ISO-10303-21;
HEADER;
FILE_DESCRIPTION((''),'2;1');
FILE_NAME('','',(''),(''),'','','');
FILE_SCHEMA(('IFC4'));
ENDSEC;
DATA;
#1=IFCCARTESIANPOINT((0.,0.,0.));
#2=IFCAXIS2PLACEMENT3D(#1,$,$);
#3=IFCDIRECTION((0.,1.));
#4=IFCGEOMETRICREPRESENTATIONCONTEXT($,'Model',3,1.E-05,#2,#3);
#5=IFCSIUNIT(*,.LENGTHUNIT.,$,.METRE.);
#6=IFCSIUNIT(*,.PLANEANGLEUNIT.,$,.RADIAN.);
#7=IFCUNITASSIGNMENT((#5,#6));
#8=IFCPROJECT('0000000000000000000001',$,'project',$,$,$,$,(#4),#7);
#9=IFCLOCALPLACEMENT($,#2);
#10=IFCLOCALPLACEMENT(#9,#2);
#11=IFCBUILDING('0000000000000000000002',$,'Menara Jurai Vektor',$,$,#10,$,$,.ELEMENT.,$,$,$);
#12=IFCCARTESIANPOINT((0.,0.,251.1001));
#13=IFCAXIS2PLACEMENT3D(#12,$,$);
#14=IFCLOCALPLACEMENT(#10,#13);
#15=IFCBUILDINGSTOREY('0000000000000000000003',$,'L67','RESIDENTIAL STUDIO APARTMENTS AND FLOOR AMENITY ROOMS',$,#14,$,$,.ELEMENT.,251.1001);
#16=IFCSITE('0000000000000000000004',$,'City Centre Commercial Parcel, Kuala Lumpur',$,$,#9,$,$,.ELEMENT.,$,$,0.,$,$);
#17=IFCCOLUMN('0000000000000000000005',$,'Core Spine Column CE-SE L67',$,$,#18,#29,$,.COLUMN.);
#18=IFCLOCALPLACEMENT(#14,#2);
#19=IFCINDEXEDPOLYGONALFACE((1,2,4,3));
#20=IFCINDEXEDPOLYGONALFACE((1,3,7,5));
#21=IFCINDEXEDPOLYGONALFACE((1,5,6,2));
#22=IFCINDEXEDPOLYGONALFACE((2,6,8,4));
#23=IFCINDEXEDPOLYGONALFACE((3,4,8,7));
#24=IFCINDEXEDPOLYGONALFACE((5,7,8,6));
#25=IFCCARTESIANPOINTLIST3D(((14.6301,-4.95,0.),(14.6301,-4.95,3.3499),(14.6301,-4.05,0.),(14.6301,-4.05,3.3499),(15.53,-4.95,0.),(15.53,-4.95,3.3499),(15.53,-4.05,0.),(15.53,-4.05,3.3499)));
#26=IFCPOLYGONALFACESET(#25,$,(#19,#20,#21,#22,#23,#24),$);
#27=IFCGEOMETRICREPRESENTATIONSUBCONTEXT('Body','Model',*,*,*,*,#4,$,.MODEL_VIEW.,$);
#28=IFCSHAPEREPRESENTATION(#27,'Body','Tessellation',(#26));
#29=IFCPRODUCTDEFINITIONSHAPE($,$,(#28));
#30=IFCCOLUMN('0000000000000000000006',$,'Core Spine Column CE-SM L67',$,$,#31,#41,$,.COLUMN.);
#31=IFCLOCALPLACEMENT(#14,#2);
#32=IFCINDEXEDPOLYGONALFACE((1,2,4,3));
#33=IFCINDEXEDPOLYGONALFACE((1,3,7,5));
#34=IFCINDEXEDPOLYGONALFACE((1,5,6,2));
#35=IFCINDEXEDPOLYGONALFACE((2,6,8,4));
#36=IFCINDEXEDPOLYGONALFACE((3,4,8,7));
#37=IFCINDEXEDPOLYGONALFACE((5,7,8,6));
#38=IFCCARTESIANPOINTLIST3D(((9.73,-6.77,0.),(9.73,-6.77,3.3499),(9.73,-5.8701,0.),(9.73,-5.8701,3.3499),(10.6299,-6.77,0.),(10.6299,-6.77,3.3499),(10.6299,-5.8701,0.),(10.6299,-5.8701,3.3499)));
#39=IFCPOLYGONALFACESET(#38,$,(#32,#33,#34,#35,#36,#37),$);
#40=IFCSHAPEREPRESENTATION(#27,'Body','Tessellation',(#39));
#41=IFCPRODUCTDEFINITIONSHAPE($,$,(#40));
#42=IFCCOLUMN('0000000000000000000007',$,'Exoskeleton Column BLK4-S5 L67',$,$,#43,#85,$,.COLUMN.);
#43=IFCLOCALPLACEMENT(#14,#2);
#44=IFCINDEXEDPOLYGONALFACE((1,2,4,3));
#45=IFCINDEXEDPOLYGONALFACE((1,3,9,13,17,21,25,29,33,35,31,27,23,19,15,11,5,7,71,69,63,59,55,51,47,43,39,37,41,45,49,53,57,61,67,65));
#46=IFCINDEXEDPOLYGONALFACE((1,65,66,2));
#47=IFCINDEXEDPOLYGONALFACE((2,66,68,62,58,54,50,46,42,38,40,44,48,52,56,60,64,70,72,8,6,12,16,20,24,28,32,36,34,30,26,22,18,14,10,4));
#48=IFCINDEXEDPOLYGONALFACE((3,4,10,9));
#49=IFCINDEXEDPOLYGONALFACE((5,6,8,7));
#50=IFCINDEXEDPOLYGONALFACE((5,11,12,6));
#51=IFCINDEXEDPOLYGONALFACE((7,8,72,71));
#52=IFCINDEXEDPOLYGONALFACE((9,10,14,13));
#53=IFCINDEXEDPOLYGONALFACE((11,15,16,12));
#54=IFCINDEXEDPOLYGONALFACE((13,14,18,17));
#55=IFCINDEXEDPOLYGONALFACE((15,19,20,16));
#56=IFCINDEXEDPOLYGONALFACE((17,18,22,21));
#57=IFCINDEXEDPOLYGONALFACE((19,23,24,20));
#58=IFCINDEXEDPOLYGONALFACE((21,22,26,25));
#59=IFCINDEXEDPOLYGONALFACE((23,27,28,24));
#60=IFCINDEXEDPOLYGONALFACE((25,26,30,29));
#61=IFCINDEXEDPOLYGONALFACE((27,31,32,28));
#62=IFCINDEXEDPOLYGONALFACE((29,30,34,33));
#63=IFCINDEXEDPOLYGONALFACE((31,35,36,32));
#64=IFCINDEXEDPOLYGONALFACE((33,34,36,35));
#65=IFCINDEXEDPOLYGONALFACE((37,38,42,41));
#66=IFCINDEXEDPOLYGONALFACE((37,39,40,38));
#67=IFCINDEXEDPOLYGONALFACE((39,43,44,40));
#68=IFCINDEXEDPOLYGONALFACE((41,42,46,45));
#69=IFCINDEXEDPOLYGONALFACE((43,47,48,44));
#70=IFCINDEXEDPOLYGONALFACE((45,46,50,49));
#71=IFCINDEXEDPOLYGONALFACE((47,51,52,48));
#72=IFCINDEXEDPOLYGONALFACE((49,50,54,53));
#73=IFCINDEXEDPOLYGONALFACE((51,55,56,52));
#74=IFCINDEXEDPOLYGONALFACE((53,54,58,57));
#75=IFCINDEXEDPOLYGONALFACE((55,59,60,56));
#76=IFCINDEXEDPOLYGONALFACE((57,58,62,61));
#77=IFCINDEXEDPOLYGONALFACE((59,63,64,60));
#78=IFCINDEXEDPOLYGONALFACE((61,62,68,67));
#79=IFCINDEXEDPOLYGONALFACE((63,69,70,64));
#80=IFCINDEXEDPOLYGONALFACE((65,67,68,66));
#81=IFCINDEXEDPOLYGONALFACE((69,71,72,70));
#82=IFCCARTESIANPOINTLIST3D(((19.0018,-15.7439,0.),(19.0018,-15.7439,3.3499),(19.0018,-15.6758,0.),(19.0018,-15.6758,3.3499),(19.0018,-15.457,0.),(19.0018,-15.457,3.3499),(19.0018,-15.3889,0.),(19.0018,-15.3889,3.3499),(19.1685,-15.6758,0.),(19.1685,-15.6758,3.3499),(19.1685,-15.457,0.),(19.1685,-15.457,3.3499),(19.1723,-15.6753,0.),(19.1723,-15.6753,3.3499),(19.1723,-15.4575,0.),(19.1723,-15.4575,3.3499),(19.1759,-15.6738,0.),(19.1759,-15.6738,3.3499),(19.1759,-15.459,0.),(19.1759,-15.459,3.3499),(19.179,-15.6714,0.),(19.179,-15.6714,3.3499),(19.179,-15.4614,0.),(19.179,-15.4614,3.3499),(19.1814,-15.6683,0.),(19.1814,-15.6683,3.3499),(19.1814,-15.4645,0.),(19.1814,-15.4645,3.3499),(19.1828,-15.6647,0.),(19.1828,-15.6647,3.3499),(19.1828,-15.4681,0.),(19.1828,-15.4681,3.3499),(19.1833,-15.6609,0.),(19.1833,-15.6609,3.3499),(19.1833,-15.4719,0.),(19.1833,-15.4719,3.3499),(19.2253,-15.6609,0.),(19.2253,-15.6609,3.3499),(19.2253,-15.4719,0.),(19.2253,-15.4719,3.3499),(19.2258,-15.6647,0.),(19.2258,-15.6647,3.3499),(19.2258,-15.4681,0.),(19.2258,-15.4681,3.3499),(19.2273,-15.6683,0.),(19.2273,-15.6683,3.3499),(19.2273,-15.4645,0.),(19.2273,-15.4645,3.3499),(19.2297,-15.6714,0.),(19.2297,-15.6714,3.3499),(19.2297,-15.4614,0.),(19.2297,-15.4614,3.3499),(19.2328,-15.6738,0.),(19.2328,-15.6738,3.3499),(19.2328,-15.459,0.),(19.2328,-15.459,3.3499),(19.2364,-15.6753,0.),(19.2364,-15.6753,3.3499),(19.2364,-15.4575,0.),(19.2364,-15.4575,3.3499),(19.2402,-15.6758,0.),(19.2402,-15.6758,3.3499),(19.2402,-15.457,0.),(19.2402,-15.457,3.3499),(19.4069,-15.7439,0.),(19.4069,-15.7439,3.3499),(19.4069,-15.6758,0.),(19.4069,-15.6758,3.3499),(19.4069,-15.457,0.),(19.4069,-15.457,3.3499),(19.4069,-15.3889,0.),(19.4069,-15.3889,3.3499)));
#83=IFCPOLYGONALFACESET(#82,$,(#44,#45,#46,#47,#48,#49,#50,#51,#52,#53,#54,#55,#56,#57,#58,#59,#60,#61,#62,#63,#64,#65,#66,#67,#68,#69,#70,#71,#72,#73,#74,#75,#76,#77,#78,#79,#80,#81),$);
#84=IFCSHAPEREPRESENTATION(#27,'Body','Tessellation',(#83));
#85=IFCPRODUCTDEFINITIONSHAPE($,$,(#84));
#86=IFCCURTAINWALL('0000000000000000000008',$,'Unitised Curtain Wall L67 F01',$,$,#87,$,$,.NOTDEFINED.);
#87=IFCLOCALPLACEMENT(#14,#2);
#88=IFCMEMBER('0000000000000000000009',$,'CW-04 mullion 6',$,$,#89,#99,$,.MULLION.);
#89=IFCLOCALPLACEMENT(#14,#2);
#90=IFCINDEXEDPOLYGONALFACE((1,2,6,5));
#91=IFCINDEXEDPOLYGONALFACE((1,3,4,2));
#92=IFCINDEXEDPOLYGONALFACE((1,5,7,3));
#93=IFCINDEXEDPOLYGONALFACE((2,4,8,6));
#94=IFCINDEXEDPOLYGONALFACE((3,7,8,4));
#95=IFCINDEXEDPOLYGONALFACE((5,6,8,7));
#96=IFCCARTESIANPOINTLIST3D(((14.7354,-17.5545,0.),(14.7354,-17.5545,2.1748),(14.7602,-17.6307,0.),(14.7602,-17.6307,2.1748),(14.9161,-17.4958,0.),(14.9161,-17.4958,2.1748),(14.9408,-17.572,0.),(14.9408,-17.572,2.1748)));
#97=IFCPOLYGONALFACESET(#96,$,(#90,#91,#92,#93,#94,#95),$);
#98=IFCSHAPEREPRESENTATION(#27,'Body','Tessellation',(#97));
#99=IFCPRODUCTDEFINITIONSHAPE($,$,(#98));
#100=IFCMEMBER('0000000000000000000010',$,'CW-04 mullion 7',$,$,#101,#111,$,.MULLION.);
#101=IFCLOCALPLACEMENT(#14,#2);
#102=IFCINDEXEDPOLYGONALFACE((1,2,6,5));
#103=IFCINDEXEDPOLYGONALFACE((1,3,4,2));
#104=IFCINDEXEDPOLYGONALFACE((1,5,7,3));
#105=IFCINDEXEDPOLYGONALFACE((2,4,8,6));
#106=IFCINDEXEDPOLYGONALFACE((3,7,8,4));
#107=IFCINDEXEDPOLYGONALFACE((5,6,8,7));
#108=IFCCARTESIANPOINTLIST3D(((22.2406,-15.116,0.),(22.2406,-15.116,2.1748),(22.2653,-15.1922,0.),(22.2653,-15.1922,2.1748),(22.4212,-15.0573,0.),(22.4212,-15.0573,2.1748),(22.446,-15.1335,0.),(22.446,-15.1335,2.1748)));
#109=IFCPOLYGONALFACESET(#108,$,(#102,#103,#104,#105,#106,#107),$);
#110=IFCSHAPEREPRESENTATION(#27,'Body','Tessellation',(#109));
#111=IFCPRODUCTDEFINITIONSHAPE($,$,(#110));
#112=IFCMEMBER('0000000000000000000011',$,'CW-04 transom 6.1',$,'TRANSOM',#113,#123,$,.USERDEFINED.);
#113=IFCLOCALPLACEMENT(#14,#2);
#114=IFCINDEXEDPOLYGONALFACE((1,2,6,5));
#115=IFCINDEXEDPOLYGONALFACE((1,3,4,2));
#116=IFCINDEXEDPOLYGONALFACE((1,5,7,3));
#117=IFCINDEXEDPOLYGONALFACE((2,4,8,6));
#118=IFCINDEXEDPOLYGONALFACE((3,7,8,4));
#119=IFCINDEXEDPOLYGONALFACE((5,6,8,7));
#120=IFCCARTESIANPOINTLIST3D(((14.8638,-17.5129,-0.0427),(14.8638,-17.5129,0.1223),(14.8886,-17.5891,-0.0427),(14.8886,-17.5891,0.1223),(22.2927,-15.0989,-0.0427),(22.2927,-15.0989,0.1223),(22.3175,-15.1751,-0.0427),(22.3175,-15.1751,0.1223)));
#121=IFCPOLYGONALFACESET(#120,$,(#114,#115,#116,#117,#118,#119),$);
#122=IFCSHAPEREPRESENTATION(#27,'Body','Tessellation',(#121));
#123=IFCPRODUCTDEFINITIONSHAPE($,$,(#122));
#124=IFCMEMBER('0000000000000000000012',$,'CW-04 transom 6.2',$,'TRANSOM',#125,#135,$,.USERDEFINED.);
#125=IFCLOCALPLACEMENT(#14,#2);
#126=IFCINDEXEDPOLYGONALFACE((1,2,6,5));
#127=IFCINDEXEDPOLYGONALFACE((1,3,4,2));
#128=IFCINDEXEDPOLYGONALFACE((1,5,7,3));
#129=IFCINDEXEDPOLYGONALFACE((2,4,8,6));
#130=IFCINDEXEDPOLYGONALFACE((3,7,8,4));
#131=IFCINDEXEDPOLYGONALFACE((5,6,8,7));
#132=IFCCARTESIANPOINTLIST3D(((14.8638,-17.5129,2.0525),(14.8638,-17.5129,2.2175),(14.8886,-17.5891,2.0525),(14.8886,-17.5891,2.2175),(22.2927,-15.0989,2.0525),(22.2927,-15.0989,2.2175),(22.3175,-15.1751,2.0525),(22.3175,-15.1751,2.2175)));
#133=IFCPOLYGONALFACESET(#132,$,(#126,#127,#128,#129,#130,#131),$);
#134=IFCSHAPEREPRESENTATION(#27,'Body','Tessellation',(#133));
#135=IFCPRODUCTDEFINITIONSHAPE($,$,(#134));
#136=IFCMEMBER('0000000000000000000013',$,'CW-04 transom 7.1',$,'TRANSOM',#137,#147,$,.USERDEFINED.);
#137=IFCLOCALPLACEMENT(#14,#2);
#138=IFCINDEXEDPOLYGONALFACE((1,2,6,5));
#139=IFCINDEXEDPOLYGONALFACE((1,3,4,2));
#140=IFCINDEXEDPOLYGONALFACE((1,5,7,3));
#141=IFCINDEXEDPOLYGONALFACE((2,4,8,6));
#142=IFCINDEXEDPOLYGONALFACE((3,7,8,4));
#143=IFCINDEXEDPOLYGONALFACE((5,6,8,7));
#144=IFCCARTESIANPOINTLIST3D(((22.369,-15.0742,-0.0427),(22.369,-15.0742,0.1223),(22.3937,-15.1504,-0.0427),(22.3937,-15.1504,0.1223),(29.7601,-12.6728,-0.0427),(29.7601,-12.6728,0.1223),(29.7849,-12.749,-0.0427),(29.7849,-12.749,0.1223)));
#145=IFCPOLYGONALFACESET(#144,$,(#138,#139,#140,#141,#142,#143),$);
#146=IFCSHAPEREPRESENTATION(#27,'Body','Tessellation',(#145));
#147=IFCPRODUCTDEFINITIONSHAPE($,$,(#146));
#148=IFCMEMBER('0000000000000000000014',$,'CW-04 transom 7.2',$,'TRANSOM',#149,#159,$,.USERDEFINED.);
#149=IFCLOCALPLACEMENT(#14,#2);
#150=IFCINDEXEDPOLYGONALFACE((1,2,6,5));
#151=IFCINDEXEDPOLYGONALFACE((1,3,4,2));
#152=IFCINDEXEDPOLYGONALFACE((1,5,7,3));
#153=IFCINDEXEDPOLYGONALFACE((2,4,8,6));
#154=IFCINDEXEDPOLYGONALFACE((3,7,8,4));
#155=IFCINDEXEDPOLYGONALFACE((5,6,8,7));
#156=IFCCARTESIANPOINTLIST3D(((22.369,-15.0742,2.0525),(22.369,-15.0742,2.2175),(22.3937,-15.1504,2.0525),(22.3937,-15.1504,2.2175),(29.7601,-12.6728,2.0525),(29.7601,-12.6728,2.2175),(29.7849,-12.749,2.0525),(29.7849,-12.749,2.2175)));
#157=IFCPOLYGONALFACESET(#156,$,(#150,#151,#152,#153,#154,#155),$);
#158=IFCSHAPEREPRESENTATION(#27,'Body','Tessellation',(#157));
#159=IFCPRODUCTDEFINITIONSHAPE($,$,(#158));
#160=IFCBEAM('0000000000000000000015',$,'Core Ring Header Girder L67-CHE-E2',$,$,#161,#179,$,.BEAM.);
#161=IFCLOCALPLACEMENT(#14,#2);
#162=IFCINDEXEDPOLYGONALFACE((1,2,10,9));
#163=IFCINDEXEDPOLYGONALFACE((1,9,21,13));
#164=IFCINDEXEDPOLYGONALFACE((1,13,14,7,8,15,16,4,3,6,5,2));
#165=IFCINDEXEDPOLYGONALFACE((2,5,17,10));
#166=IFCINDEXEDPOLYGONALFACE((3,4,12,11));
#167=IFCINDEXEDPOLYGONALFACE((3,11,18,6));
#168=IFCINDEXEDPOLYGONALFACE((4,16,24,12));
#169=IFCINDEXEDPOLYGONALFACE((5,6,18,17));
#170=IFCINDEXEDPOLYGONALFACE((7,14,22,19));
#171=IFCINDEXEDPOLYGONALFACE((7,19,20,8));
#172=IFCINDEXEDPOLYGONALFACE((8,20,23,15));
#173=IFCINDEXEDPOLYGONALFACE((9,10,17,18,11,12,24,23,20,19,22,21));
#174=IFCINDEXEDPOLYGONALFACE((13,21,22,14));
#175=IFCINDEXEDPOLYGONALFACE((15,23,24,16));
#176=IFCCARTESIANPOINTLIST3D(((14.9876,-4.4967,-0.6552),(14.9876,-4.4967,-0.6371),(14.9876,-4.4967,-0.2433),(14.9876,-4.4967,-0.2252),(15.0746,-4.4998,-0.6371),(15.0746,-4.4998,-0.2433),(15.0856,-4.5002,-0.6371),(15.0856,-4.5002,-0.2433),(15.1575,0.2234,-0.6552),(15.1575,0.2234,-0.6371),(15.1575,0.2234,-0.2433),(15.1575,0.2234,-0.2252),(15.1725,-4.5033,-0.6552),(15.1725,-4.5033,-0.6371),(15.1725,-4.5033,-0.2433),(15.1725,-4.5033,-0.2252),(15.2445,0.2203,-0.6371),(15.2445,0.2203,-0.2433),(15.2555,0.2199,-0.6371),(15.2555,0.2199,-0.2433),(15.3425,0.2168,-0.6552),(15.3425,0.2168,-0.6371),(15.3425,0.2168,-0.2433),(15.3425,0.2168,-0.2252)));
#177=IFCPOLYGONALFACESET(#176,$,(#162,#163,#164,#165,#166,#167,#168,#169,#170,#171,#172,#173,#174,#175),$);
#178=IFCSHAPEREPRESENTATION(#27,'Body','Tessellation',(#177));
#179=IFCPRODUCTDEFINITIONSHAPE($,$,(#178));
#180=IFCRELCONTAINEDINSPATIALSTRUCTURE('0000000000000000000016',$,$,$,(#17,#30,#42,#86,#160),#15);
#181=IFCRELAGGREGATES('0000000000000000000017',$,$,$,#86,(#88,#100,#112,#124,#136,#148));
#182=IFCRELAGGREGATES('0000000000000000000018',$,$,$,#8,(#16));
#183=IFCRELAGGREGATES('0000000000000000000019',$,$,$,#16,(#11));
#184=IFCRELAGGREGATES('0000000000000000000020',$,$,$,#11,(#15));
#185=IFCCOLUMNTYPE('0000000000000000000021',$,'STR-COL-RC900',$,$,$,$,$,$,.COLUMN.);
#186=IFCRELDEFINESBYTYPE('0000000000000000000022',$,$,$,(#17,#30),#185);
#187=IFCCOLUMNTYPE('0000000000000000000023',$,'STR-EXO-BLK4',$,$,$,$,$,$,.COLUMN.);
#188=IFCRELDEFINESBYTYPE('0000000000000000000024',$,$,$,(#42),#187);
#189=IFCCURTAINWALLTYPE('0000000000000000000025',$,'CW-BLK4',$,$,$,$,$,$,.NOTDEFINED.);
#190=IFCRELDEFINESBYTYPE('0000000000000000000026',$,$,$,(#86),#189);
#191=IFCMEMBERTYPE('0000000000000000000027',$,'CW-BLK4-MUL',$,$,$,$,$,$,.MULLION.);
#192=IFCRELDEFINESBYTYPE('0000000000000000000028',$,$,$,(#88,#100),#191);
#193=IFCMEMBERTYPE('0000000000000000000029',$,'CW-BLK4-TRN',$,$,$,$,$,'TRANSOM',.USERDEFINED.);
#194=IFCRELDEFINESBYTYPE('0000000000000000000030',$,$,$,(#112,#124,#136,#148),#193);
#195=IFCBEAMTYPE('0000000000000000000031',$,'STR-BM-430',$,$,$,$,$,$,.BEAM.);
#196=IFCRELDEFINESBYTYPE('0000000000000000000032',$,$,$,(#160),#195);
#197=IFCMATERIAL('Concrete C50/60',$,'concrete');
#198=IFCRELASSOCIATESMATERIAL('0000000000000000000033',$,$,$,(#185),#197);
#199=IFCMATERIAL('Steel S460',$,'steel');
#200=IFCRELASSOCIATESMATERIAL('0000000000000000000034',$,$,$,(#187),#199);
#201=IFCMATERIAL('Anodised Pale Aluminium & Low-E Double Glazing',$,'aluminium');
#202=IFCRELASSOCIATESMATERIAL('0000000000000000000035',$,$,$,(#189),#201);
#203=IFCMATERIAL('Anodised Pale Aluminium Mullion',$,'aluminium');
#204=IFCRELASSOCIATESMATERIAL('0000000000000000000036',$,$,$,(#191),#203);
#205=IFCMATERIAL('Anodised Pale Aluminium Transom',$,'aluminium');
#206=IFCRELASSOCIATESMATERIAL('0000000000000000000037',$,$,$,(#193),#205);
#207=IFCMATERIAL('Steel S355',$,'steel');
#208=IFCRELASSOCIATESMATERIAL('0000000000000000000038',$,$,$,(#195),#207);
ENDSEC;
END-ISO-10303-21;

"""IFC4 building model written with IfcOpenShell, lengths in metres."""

from ifc_helpers import new_model, si_unit, direction, frame, origin, origin_2d, place, context, subcontext, project, spatial, rectangle, i_section, extrude, material, material_profile, profile_set, type_object, element, aggregate, save


model = new_model("IFC4")

# Units and contexts
model_context = context("Model", 3, precision=1e-05, world=origin(), true_north=direction((0.0, 1.0)))
body_context = subcontext(model_context, "Body", "Model", "MODEL_VIEW")
ifc_project = project(units=[si_unit("LENGTHUNIT", "METRE"), si_unit("PLANEANGLEUNIT", "RADIAN")], contexts=[model_context])

# Site, building, storey
site_placement = place(None, origin())
site = spatial("IfcSite", under=ifc_project, at=site_placement, Name="City Centre Commercial Parcel, Kuala Lumpur", CompositionType="ELEMENT", RefElevation=0.0)
building_placement = place(site_placement, origin())
building = spatial("IfcBuilding", under=site, at=building_placement, Name="Menara Jurai Vektor", CompositionType="ELEMENT")
storey_placement = place(building_placement, frame((0.0, 0.0, 251.1001)))
storey = spatial("IfcBuildingStorey", under=building, at=storey_placement, Name="L67", Description="RESIDENTIAL STUDIO APARTMENTS AND FLOOR AMENITY ROOMS", CompositionType="ELEMENT", Elevation=251.1001)

# Columns
ifc_material_1 = material(Name="Concrete C50/60", Category="concrete")
ifc_material_profile_1 = material_profile(ifc_material_1, rectangle(XDim=0.8999, YDim=0.8999, at=origin_2d()), Name="RC 900x900")
ifc_profile_set_1 = profile_set([ifc_material_profile_1], Name="Concrete C50/60")
column_type_1 = type_object("IfcColumnType", Name="STR-COL-RC900", PredefinedType="COLUMN", material=ifc_profile_set_1)
for number, where, z_axis, x_axis, name in (
    (1, (15.0801, -4.5, 0.0), (0.0, 0.0, 1.0), (1.0, 0.0, 0.0), "Core Spine Column CE-SE L67"),
    (2, (10.1799, -6.3201, 0.0), (0.0, 0.0, 1.0), (1.0, 0.0, 0.0), "Core Spine Column CE-SM L67"),
):
    element("IfcColumn", number, at=place(storey_placement, frame(where, z_axis=z_axis, x_axis=x_axis)), inside=storey, type_object=column_type_1, Name=name, PredefinedType="COLUMN", context=body_context, shape_type="SweptSolid", body=[
        extrude(rectangle(XDim=0.8999, YDim=0.8999, at=origin_2d()), origin(), (0.0, 0.0, 1.0), 3.3499),
    ])
ifc_material_2 = material(Name="Steel S460", Category="steel")
ifc_material_profile_2 = material_profile(ifc_material_2, i_section(OverallWidth=0.405, OverallDepth=0.355, WebThickness=0.042, FlangeThickness=0.0681, FilletRadius=0.0149, at=origin_2d()), Name="HD 400x551")
ifc_profile_set_2 = profile_set([ifc_material_profile_2], Name="Steel S460")
column_type_2 = type_object("IfcColumnType", Name="STR-EXO-BLK4", PredefinedType="COLUMN", material=ifc_profile_set_2)
column_placement = place(storey_placement, frame((19.2043, -15.5664, 0.0), z_axis=(0.0, 0.0, 1.0), x_axis=(1.0, 0.0, 0.0)))
element("IfcColumn", 3, at=column_placement, inside=storey, type_object=column_type_2, Name="Exoskeleton Column BLK4-S5 L67", PredefinedType="COLUMN", context=body_context, shape_type="SweptSolid", body=[
    extrude(i_section(OverallWidth=0.405, OverallDepth=0.355, WebThickness=0.042, FlangeThickness=0.0681, FilletRadius=0.0149, at=origin_2d()), origin(), (0.0, 0.0, 1.0), 3.3499),
])

# Curtain wall, members
ifc_material_3 = material(Name="Anodised Pale Aluminium & Low-E Double Glazing", Category="aluminium")
curtain_wall_type = type_object("IfcCurtainWallType", Name="CW-BLK4", PredefinedType="NOTDEFINED", material=ifc_material_3)
curtain_wall_placement = place(storey_placement, origin())
curtain_wall = element("IfcCurtainWall", 4, at=curtain_wall_placement, inside=storey, type_object=curtain_wall_type, Name="Unitised Curtain Wall L67 F01", PredefinedType="NOTDEFINED")
ifc_material_4 = material(Name="Anodised Pale Aluminium Mullion", Category="aluminium")
ifc_material_profile_3 = material_profile(ifc_material_4, rectangle(XDim=0.0801, YDim=0.1899, at=origin_2d()), Name="ALU MUL 80x190")
ifc_profile_set_3 = profile_set([ifc_material_profile_3], Name="Anodised Pale Aluminium Mullion")
member_type_1 = type_object("IfcMemberType", Name="CW-BLK4-MUL", PredefinedType="MULLION", material=ifc_profile_set_3)
member_1_placement = place(storey_placement, frame((14.8381, -17.5632, 0.0), z_axis=(0.0, 0.0, 1.0), x_axis=(-0.309017, 0.951056, 0.0)))
member_1 = element("IfcMember", 5, at=member_1_placement, type_object=member_type_1, Name="CW-04 mullion 6", PredefinedType="MULLION", context=body_context, shape_type="SweptSolid", body=[
    extrude(rectangle(XDim=0.0801, YDim=0.1899, at=origin_2d()), origin(), (0.0, 0.0, 1.0), 2.1748),
])
member_2_placement = place(storey_placement, frame((22.3433, -15.1248, 0.0), z_axis=(0.0, 0.0, 1.0), x_axis=(-0.309017, 0.951056, 0.0)))
member_2 = element("IfcMember", 6, at=member_2_placement, type_object=member_type_1, Name="CW-04 mullion 7", PredefinedType="MULLION", context=body_context, shape_type="SweptSolid", body=[
    extrude(rectangle(XDim=0.0801, YDim=0.1899, at=origin_2d()), origin(), (0.0, 0.0, 1.0), 2.1748),
])
ifc_material_5 = material(Name="Anodised Pale Aluminium Transom", Category="aluminium")
ifc_material_profile_4 = material_profile(ifc_material_5, rectangle(XDim=0.0801, YDim=0.165, at=origin_2d()), Name="ALU TRN 80x165")
ifc_profile_set_4 = profile_set([ifc_material_profile_4], Name="Anodised Pale Aluminium Transom")
member_type_2 = type_object("IfcMemberType", Name="CW-BLK4-TRN", ElementType="TRANSOM", PredefinedType="USERDEFINED", material=ifc_profile_set_4)
member_3_placement = place(storey_placement, frame((14.8762, -17.551, 0.0398), z_axis=(0.951047, 0.309046, 0.0), x_axis=(-0.309046, 0.951047, 0.0)))
member_3 = element("IfcMember", 7, at=member_3_placement, type_object=member_type_2, Name="CW-04 transom 6.1", ObjectType="TRANSOM", PredefinedType="USERDEFINED", context=body_context, shape_type="SweptSolid", body=[
    extrude(rectangle(XDim=0.0801, YDim=0.165, at=origin_2d()), origin(), (0.0, 0.0, 1.0), 7.8113),
])
member_4_placement = place(storey_placement, frame((14.8762, -17.551, 2.135), z_axis=(0.951047, 0.309046, 0.0), x_axis=(-0.309046, 0.951047, 0.0)))
member_4 = element("IfcMember", 8, at=member_4_placement, type_object=member_type_2, Name="CW-04 transom 6.2", ObjectType="TRANSOM", PredefinedType="USERDEFINED", context=body_context, shape_type="SweptSolid", body=[
    extrude(rectangle(XDim=0.0801, YDim=0.165, at=origin_2d()), origin(), (0.0, 0.0, 1.0), 7.8113),
])
member_5_placement = place(storey_placement, frame((22.3813, -15.1123, 0.0398), z_axis=(0.951062, 0.308999, 0.0), x_axis=(-0.308999, 0.951062, 0.0)))
member_5 = element("IfcMember", 9, at=member_5_placement, type_object=member_type_2, Name="CW-04 transom 7.1", ObjectType="TRANSOM", PredefinedType="USERDEFINED", context=body_context, shape_type="SweptSolid", body=[
    extrude(rectangle(XDim=0.0801, YDim=0.165, at=origin_2d()), origin(), (0.0, 0.0, 1.0), 7.7715),
])
member_6_placement = place(storey_placement, frame((22.3813, -15.1123, 2.135), z_axis=(0.951062, 0.308999, 0.0), x_axis=(-0.308999, 0.951062, 0.0)))
member_6 = element("IfcMember", 10, at=member_6_placement, type_object=member_type_2, Name="CW-04 transom 7.2", ObjectType="TRANSOM", PredefinedType="USERDEFINED", context=body_context, shape_type="SweptSolid", body=[
    extrude(rectangle(XDim=0.0801, YDim=0.165, at=origin_2d()), origin(), (0.0, 0.0, 1.0), 7.7715),
])

# Beam
ifc_material_6 = material(Name="Steel S355", Category="steel")
ifc_material_profile_5 = material_profile(ifc_material_6, i_section(OverallWidth=0.1851, OverallDepth=0.4299, WebThickness=0.011, FlangeThickness=0.0181, at=origin_2d()), Name="PG 430x185x76")
ifc_profile_set_5 = profile_set([ifc_material_profile_5], Name="Steel S355")
beam_type_1 = type_object("IfcBeamType", Name="STR-BM-430", PredefinedType="BEAM", material=ifc_profile_set_5)
beam_1_placement = place(storey_placement, frame((15.0801, -4.5, -0.4402), z_axis=(0.035977, 0.999353, 0.0), x_axis=(-0.999353, 0.035977, 0.0)))
element("IfcBeam", 11, at=beam_1_placement, inside=storey, type_object=beam_type_1, Name="Core Ring Header Girder L67-CHE-E2", PredefinedType="BEAM", context=body_context, shape_type="SweptSolid", body=[
    extrude(i_section(OverallWidth=0.1851, OverallDepth=0.4299, WebThickness=0.011, FlangeThickness=0.0181, at=origin_2d()), origin(), (0.0, 0.0, 1.0), 4.7231),
])

aggregate(curtain_wall, [member_1, member_2, member_3, member_4, member_5, member_6])

save(model, "model.ifc")
